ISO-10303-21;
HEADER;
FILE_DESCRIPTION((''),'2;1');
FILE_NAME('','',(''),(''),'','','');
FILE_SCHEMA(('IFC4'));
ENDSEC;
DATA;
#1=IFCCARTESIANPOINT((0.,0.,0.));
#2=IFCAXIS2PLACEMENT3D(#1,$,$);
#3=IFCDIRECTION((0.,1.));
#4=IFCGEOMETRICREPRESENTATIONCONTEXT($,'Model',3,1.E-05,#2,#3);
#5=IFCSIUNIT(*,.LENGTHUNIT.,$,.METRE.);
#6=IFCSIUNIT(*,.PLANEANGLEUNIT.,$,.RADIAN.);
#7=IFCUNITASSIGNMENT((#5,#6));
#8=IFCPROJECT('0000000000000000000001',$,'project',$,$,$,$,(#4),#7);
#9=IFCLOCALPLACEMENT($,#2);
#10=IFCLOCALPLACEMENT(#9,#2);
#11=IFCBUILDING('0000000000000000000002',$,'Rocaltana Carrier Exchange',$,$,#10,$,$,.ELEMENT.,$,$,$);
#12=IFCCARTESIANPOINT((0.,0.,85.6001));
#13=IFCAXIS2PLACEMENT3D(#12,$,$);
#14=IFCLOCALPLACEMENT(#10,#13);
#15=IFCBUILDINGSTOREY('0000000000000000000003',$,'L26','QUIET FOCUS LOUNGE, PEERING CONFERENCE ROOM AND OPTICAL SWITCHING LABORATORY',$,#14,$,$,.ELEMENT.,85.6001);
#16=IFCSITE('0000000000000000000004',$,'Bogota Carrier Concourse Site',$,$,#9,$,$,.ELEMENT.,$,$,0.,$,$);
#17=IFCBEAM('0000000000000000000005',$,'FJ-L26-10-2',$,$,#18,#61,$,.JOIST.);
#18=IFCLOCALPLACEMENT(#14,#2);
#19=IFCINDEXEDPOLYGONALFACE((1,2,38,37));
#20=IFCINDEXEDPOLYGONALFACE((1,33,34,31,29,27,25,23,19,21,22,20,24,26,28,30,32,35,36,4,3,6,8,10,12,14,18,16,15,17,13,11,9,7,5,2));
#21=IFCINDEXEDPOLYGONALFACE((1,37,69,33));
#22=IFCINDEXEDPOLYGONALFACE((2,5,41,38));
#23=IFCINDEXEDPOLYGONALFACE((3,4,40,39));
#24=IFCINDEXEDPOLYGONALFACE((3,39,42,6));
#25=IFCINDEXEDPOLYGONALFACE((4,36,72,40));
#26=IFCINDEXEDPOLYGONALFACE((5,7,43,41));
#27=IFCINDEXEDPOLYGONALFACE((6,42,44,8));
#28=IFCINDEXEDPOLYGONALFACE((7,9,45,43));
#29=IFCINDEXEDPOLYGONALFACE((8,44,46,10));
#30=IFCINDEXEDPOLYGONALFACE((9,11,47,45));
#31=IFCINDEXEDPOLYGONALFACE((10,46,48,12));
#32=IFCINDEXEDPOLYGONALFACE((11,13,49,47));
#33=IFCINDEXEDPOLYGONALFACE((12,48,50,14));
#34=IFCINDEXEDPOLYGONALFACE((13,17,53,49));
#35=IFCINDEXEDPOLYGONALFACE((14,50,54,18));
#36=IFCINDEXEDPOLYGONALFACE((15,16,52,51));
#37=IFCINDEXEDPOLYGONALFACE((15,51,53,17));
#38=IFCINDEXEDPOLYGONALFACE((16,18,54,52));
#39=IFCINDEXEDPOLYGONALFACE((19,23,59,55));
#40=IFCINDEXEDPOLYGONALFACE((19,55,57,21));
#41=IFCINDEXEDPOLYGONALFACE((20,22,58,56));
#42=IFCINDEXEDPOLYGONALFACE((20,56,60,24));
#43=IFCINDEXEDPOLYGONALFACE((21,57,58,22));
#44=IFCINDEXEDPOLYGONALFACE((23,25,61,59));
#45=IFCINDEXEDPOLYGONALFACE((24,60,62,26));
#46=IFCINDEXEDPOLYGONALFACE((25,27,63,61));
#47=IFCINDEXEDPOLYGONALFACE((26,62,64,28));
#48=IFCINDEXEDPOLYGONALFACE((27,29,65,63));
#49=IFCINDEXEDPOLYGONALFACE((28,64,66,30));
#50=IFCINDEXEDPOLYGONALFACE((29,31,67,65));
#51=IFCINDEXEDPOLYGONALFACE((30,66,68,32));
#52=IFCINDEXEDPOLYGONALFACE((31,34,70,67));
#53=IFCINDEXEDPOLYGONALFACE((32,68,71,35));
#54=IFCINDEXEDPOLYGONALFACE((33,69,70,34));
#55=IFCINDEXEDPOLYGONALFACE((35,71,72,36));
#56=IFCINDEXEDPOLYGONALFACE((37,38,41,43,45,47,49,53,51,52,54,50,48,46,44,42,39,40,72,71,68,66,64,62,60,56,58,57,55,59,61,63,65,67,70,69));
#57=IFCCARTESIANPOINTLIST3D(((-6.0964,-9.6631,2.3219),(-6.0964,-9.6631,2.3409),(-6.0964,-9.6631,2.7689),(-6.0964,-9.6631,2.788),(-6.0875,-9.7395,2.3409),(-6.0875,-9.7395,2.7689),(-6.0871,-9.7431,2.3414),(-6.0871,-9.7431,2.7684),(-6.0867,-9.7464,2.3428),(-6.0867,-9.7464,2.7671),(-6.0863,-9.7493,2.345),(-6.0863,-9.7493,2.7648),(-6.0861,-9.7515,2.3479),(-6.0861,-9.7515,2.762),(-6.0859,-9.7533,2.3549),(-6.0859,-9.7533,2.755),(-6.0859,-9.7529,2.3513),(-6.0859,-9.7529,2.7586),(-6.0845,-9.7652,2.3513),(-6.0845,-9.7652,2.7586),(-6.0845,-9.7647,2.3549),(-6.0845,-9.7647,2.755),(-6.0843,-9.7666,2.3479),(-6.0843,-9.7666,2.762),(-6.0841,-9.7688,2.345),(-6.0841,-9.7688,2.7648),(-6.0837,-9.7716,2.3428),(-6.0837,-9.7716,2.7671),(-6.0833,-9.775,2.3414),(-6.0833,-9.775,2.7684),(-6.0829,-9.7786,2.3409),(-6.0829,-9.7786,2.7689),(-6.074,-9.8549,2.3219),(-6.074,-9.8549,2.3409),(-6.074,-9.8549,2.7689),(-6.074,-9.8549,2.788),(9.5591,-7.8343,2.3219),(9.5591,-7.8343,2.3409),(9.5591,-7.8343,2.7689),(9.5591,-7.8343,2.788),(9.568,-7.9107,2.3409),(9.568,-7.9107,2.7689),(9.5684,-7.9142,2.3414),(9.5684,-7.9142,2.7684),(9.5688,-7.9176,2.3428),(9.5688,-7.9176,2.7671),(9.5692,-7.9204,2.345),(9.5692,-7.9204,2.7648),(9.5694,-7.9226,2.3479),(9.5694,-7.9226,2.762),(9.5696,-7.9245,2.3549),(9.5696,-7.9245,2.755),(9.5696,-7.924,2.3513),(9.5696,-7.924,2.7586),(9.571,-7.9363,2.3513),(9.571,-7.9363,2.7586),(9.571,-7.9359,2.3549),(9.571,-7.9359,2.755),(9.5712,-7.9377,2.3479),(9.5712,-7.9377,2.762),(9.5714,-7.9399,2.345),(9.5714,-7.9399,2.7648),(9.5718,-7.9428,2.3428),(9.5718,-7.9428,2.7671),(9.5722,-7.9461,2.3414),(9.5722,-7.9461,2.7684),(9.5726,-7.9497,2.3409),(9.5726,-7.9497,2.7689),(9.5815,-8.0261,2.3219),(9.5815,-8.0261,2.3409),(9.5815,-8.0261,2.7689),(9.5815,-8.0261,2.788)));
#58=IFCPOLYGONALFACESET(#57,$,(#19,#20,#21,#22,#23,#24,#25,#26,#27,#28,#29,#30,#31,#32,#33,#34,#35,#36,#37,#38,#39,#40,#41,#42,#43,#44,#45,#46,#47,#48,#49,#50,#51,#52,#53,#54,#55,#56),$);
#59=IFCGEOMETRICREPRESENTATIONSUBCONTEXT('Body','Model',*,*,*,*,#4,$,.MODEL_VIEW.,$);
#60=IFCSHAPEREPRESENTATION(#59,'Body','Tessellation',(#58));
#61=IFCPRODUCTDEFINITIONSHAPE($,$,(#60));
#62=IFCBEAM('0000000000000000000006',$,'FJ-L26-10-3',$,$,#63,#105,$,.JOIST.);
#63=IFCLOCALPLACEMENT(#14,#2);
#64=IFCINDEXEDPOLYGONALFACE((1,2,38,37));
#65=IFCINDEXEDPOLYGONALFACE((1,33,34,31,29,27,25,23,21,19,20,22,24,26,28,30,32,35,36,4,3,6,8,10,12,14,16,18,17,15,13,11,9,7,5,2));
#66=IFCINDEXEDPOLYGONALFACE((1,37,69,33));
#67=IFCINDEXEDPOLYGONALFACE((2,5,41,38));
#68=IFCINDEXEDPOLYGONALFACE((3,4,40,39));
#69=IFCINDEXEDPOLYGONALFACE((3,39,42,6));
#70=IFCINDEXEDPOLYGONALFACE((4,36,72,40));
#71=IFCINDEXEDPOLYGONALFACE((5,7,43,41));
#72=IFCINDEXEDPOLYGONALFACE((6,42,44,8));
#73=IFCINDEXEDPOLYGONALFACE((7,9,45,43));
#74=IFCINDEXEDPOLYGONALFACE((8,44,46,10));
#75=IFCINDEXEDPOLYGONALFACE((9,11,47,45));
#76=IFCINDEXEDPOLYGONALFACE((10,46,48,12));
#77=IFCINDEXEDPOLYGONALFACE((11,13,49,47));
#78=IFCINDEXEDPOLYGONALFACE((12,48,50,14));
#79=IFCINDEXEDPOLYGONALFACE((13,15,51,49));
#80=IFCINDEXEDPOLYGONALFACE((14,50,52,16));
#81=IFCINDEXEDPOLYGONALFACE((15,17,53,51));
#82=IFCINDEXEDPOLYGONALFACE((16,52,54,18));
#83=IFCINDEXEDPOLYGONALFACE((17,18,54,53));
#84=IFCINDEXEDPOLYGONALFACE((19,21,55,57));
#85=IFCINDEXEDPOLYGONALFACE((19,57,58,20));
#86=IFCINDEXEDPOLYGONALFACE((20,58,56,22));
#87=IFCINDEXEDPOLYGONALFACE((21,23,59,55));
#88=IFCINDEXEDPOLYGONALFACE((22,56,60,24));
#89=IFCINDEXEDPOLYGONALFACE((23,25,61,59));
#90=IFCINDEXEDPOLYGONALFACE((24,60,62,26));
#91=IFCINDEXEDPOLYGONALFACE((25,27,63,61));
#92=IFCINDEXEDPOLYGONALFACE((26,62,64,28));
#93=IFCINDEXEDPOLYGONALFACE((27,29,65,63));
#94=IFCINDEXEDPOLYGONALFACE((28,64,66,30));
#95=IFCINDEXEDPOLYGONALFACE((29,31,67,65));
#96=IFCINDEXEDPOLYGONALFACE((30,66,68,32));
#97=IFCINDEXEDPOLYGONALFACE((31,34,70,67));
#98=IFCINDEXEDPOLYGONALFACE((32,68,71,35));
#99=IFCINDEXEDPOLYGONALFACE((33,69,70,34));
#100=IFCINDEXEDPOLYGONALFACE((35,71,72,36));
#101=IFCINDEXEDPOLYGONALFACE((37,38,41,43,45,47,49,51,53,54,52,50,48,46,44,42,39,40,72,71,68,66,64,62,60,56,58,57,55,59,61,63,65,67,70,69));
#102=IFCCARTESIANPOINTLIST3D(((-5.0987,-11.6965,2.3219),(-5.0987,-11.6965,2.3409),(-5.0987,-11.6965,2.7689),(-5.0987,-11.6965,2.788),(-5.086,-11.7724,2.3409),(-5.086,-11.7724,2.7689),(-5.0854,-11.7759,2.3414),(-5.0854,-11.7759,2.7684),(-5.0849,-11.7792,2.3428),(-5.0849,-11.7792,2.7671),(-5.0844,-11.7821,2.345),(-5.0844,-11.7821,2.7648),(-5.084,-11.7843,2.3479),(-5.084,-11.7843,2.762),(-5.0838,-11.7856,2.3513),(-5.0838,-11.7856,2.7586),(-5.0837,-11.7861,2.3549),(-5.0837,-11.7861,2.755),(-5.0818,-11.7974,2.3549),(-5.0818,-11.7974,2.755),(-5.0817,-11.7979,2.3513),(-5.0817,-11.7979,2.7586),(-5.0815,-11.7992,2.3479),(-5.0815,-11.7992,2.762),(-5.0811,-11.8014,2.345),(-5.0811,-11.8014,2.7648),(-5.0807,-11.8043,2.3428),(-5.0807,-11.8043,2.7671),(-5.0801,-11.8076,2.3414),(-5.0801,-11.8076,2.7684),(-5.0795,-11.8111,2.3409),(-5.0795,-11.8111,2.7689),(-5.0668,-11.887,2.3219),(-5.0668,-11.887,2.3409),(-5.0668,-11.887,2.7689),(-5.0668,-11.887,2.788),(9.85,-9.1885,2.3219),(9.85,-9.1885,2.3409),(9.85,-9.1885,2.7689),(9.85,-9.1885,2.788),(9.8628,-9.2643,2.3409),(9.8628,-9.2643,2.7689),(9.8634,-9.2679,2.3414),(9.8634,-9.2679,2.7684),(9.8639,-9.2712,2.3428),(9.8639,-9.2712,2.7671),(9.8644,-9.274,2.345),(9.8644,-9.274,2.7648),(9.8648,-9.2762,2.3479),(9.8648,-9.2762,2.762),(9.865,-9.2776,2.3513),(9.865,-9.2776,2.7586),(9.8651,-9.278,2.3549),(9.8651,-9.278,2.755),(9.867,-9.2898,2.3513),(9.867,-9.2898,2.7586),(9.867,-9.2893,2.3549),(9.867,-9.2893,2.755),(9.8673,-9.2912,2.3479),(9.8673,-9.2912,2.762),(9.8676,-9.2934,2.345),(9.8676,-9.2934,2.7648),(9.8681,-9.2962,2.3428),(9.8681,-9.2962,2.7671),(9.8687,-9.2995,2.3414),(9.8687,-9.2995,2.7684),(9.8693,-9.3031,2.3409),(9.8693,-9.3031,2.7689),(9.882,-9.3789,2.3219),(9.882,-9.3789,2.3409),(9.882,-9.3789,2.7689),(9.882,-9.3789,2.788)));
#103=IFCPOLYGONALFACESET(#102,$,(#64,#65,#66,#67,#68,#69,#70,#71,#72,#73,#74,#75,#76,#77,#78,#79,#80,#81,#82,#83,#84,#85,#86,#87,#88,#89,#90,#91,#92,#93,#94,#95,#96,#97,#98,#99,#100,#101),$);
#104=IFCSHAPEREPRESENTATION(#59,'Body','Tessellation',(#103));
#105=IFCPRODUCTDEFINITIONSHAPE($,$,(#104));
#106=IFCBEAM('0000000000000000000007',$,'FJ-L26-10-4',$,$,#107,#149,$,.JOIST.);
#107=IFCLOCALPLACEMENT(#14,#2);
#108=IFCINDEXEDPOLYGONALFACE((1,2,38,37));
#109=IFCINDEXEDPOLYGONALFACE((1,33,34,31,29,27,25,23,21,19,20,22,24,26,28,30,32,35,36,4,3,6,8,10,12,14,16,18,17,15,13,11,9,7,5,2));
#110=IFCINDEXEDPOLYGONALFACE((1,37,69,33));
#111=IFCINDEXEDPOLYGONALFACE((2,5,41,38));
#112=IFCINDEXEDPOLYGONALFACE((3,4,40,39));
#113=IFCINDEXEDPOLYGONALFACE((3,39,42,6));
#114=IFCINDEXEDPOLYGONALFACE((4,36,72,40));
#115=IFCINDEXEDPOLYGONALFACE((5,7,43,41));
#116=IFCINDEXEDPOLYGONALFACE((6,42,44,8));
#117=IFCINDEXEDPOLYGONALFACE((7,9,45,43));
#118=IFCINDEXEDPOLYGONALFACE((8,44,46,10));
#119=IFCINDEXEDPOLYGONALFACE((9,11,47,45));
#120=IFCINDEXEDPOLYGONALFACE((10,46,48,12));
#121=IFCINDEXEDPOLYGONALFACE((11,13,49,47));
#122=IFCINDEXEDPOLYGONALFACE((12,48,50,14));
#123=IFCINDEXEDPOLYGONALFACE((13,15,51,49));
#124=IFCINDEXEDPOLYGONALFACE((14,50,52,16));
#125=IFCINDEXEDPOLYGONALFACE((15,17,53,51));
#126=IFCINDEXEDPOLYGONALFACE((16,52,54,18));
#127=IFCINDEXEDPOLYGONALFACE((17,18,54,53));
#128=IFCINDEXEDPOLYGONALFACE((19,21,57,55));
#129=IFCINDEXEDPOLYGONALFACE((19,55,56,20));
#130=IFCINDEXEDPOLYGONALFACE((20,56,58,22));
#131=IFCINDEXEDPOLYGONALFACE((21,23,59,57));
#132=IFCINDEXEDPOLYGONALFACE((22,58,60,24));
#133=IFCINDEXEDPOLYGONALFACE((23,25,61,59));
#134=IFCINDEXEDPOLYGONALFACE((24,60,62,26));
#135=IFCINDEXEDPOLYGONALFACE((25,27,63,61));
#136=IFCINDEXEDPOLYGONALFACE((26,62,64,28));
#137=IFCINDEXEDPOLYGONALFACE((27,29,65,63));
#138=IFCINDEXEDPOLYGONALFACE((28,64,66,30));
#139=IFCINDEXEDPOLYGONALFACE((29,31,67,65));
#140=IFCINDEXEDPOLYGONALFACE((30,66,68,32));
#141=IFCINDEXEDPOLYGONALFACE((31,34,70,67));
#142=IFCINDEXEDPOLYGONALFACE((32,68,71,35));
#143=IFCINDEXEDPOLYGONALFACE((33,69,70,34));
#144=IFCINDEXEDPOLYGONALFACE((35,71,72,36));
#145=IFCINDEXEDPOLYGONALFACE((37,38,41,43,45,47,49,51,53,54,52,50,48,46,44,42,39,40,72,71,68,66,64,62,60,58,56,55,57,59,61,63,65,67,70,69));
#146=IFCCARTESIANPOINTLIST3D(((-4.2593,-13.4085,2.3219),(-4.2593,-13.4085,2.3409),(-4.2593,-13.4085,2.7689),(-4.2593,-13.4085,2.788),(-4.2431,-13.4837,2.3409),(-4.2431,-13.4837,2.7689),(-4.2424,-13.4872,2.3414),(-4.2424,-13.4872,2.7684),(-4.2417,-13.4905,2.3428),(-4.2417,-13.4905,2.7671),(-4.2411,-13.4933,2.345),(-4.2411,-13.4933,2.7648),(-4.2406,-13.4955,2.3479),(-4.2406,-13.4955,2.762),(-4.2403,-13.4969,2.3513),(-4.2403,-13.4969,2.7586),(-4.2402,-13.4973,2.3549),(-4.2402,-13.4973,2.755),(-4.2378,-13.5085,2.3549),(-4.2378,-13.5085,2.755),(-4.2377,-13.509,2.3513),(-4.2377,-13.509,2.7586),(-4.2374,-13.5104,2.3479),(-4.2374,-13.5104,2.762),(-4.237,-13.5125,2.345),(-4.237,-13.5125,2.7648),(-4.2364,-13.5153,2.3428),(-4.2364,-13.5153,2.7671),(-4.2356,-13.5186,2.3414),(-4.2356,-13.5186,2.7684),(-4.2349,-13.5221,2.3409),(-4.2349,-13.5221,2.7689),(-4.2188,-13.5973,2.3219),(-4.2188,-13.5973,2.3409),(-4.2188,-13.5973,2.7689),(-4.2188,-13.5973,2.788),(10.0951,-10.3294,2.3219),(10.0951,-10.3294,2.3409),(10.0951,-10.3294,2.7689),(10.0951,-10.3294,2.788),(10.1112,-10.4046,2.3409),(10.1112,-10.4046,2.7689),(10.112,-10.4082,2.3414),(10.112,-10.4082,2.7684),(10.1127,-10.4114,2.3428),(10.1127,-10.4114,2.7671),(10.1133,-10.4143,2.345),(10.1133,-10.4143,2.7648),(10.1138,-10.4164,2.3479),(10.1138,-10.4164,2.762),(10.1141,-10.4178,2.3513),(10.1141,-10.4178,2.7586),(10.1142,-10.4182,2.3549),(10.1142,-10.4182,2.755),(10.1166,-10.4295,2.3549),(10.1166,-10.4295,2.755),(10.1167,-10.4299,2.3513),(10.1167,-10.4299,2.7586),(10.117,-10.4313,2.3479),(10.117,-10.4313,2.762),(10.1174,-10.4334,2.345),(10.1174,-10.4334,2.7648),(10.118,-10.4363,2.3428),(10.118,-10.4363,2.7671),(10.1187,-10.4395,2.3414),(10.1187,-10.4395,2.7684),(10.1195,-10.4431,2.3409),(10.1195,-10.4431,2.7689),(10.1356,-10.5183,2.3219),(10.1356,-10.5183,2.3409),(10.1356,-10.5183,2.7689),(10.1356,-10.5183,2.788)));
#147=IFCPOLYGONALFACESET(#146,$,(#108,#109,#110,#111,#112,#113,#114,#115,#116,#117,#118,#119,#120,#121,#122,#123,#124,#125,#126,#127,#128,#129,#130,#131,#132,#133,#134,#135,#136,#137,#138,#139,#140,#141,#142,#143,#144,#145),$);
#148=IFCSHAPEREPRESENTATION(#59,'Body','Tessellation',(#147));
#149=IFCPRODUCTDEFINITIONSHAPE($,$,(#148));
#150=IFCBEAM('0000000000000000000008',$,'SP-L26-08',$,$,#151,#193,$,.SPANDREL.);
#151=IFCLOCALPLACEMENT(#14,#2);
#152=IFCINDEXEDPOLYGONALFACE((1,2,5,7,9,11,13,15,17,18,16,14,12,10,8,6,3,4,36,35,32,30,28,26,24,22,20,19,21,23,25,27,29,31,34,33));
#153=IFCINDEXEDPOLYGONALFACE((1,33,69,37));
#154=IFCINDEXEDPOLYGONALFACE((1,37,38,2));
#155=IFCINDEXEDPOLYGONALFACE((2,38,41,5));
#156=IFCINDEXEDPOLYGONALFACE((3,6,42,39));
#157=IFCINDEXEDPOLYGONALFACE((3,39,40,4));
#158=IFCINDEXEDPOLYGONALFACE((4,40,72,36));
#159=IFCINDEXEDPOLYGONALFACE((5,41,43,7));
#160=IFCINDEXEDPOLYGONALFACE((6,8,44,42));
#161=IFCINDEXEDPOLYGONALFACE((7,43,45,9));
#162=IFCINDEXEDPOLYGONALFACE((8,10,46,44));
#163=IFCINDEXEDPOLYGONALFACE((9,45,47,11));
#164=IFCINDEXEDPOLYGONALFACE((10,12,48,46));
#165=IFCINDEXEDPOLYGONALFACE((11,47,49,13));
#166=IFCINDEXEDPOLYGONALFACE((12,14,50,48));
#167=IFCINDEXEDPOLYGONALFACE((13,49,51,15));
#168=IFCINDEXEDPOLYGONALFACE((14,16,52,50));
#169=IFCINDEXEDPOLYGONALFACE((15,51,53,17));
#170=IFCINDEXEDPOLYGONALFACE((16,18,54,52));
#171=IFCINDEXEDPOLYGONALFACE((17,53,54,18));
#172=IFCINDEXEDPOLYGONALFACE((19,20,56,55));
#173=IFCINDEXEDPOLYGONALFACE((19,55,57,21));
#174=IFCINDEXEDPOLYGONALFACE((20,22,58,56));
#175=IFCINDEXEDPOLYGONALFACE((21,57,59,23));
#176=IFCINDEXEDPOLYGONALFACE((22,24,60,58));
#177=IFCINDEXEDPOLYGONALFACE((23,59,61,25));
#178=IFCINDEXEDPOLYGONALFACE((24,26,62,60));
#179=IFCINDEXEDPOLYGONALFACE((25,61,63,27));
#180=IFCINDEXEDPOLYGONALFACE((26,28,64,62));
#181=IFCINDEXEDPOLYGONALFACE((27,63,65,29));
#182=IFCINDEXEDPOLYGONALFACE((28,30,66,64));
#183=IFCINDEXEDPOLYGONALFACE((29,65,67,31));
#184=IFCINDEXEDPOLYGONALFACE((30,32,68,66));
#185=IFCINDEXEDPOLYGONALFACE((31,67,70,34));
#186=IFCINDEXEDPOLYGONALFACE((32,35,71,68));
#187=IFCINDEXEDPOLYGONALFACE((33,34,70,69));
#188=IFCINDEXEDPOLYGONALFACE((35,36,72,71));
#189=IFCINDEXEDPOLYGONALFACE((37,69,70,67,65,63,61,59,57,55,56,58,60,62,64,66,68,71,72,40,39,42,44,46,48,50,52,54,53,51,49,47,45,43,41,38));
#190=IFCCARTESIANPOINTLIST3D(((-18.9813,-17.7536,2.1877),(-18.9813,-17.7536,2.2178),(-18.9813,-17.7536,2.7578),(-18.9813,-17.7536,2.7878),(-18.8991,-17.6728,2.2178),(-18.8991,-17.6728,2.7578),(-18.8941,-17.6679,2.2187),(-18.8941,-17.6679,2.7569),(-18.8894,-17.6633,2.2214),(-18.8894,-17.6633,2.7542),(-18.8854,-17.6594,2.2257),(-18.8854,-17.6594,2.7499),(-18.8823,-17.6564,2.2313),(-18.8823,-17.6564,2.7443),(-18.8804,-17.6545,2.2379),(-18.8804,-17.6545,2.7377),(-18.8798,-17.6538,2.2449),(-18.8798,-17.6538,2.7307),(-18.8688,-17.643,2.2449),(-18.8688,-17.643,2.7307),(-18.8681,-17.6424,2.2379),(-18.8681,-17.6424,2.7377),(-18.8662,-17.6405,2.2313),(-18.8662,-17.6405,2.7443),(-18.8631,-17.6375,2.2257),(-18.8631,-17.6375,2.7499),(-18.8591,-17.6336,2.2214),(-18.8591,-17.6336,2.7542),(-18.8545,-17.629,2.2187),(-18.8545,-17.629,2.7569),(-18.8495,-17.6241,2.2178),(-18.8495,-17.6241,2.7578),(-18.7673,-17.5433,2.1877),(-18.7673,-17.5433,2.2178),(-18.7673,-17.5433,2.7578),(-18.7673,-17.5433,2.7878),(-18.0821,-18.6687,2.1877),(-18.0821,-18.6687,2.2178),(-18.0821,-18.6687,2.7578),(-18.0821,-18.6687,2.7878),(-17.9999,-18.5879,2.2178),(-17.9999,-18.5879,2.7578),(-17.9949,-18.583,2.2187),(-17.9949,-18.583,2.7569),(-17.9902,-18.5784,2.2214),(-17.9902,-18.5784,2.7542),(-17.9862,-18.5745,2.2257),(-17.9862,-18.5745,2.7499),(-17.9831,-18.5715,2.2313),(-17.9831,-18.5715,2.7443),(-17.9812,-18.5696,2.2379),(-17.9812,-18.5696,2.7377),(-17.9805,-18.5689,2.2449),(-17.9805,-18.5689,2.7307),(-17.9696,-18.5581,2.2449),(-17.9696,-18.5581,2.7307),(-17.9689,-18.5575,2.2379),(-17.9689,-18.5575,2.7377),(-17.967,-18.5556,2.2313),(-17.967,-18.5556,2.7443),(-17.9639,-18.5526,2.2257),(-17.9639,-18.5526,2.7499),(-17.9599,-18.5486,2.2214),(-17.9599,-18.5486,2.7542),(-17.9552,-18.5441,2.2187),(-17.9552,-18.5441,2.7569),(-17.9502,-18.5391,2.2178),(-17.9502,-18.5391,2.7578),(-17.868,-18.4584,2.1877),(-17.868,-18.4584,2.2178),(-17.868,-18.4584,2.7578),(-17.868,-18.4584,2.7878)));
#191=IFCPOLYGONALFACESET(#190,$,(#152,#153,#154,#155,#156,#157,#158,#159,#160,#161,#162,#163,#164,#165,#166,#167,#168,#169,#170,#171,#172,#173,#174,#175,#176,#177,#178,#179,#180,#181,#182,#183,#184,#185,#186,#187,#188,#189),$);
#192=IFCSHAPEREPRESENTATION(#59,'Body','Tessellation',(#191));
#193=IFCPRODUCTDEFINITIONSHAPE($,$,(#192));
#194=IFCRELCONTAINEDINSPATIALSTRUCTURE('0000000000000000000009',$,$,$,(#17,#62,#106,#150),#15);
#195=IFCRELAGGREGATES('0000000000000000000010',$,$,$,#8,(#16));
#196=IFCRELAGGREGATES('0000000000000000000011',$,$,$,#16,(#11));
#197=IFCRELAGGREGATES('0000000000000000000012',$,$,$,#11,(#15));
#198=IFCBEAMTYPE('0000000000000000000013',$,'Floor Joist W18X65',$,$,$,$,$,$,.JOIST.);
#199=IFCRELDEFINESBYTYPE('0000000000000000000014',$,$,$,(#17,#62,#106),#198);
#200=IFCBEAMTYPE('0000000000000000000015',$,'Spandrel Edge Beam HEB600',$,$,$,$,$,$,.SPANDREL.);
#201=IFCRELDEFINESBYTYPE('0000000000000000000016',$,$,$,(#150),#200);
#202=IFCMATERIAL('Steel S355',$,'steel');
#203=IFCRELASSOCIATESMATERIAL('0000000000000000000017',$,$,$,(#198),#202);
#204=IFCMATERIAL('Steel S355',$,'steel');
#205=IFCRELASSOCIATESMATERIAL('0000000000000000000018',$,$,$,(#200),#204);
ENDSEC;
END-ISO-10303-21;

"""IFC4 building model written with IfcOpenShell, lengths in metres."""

from ifc_helpers import new_model, si_unit, direction, frame, origin, origin_2d, place, context, subcontext, project, spatial, i_section, extrude, material, material_profile, profile_set, type_object, element, save


model = new_model("IFC4")

# Units and contexts
model_context = context("Model", 3, precision=1e-05, world=origin(), true_north=direction((0.0, 1.0)))
body_context = subcontext(model_context, "Body", "Model", "MODEL_VIEW")
ifc_project = project(units=[si_unit("LENGTHUNIT", "METRE"), si_unit("PLANEANGLEUNIT", "RADIAN")], contexts=[model_context])

# Site, building, storey
site_placement = place(None, origin())
site = spatial("IfcSite", under=ifc_project, at=site_placement, Name="Bogota Carrier Concourse Site", CompositionType="ELEMENT", RefElevation=0.0)
building_placement = place(site_placement, origin())
building = spatial("IfcBuilding", under=site, at=building_placement, Name="Rocaltana Carrier Exchange", CompositionType="ELEMENT")
storey_placement = place(building_placement, frame((0.0, 0.0, 85.6001)))
storey = spatial("IfcBuildingStorey", under=building, at=storey_placement, Name="L26", Description="QUIET FOCUS LOUNGE, PEERING CONFERENCE ROOM AND OPTICAL SWITCHING LABORATORY", CompositionType="ELEMENT", Elevation=85.6001)

# Beams
ifc_material_1 = material(Name="Steel S355", Category="steel")
ifc_material_profile_1 = material_profile(ifc_material_1, i_section(OverallWidth=0.1931, OverallDepth=0.4661, WebThickness=0.0115, FlangeThickness=0.019, FilletRadius=0.0139, at=origin_2d()), Name="W18X65")
ifc_profile_set_1 = profile_set([ifc_material_profile_1], Name="Steel S355")
beam_type_1 = type_object("IfcBeamType", Name="Floor Joist W18X65", PredefinedType="JOIST", material=ifc_profile_set_1)
beam_1_placement = place(storey_placement, frame((-6.0852, -9.759, 2.5549), z_axis=(0.993246, 0.11603, 0.0), x_axis=(-0.11603, 0.993246, 0.0)))
element("IfcBeam", 1, at=beam_1_placement, inside=storey, type_object=beam_type_1, Name="FJ-L26-10-2", PredefinedType="JOIST", context=body_context, shape_type="SweptSolid", body=[
    extrude(i_section(OverallWidth=0.1931, OverallDepth=0.4661, WebThickness=0.0115, FlangeThickness=0.019, FilletRadius=0.0139, at=origin_2d()), origin(), (0.0, 0.0, 1.0), 15.762),
])
beam_2_placement = place(storey_placement, frame((-5.0828, -11.7917, 2.5549), z_axis=(0.986216, 0.165465, 0.0), x_axis=(-0.165465, 0.986216, 0.0)))
element("IfcBeam", 2, at=beam_2_placement, inside=storey, type_object=beam_type_1, Name="FJ-L26-10-3", PredefinedType="JOIST", context=body_context, shape_type="SweptSolid", body=[
    extrude(i_section(OverallWidth=0.1931, OverallDepth=0.4661, WebThickness=0.0115, FlangeThickness=0.019, FilletRadius=0.0139, at=origin_2d()), origin(), (0.0, 0.0, 1.0), 15.1577),
])
beam_3_placement = place(storey_placement, frame((-4.239, -13.5029, 2.5549), z_axis=(0.977759, 0.209734, 0.0), x_axis=(-0.209734, 0.977759, 0.0)))
element("IfcBeam", 3, at=beam_3_placement, inside=storey, type_object=beam_type_1, Name="FJ-L26-10-4", PredefinedType="JOIST", context=body_context, shape_type="SweptSolid", body=[
    extrude(i_section(OverallWidth=0.1931, OverallDepth=0.4661, WebThickness=0.0115, FlangeThickness=0.019, FilletRadius=0.0139, at=origin_2d()), origin(), (0.0, 0.0, 1.0), 14.6809),
])
ifc_material_2 = material(Name="Steel S355", Category="steel")
ifc_material_profile_2 = material_profile(ifc_material_2, i_section(OverallWidth=0.3, OverallDepth=0.6001, WebThickness=0.0154, FlangeThickness=0.03, FilletRadius=0.0271, at=origin_2d()), Name="HEB600")
ifc_profile_set_2 = profile_set([ifc_material_profile_2], Name="Steel S355")
beam_type_2 = type_object("IfcBeamType", Name="Spandrel Edge Beam HEB600", PredefinedType="SPANDREL", material=ifc_profile_set_2)
beam_4_placement = place(storey_placement, frame((-18.8743, -17.6484, 2.4878), z_axis=(0.700895, -0.713265, 0.0), x_axis=(0.713265, 0.700895, 0.0)))
element("IfcBeam", 4, at=beam_4_placement, inside=storey, type_object=beam_type_2, Name="SP-L26-08", PredefinedType="SPANDREL", context=body_context, shape_type="SweptSolid", body=[
    extrude(i_section(OverallWidth=0.3, OverallDepth=0.6001, WebThickness=0.0154, FlangeThickness=0.03, FilletRadius=0.0271, at=origin_2d()), origin(), (0.0, 0.0, 1.0), 1.283),
])

save(model, "model.ifc")
